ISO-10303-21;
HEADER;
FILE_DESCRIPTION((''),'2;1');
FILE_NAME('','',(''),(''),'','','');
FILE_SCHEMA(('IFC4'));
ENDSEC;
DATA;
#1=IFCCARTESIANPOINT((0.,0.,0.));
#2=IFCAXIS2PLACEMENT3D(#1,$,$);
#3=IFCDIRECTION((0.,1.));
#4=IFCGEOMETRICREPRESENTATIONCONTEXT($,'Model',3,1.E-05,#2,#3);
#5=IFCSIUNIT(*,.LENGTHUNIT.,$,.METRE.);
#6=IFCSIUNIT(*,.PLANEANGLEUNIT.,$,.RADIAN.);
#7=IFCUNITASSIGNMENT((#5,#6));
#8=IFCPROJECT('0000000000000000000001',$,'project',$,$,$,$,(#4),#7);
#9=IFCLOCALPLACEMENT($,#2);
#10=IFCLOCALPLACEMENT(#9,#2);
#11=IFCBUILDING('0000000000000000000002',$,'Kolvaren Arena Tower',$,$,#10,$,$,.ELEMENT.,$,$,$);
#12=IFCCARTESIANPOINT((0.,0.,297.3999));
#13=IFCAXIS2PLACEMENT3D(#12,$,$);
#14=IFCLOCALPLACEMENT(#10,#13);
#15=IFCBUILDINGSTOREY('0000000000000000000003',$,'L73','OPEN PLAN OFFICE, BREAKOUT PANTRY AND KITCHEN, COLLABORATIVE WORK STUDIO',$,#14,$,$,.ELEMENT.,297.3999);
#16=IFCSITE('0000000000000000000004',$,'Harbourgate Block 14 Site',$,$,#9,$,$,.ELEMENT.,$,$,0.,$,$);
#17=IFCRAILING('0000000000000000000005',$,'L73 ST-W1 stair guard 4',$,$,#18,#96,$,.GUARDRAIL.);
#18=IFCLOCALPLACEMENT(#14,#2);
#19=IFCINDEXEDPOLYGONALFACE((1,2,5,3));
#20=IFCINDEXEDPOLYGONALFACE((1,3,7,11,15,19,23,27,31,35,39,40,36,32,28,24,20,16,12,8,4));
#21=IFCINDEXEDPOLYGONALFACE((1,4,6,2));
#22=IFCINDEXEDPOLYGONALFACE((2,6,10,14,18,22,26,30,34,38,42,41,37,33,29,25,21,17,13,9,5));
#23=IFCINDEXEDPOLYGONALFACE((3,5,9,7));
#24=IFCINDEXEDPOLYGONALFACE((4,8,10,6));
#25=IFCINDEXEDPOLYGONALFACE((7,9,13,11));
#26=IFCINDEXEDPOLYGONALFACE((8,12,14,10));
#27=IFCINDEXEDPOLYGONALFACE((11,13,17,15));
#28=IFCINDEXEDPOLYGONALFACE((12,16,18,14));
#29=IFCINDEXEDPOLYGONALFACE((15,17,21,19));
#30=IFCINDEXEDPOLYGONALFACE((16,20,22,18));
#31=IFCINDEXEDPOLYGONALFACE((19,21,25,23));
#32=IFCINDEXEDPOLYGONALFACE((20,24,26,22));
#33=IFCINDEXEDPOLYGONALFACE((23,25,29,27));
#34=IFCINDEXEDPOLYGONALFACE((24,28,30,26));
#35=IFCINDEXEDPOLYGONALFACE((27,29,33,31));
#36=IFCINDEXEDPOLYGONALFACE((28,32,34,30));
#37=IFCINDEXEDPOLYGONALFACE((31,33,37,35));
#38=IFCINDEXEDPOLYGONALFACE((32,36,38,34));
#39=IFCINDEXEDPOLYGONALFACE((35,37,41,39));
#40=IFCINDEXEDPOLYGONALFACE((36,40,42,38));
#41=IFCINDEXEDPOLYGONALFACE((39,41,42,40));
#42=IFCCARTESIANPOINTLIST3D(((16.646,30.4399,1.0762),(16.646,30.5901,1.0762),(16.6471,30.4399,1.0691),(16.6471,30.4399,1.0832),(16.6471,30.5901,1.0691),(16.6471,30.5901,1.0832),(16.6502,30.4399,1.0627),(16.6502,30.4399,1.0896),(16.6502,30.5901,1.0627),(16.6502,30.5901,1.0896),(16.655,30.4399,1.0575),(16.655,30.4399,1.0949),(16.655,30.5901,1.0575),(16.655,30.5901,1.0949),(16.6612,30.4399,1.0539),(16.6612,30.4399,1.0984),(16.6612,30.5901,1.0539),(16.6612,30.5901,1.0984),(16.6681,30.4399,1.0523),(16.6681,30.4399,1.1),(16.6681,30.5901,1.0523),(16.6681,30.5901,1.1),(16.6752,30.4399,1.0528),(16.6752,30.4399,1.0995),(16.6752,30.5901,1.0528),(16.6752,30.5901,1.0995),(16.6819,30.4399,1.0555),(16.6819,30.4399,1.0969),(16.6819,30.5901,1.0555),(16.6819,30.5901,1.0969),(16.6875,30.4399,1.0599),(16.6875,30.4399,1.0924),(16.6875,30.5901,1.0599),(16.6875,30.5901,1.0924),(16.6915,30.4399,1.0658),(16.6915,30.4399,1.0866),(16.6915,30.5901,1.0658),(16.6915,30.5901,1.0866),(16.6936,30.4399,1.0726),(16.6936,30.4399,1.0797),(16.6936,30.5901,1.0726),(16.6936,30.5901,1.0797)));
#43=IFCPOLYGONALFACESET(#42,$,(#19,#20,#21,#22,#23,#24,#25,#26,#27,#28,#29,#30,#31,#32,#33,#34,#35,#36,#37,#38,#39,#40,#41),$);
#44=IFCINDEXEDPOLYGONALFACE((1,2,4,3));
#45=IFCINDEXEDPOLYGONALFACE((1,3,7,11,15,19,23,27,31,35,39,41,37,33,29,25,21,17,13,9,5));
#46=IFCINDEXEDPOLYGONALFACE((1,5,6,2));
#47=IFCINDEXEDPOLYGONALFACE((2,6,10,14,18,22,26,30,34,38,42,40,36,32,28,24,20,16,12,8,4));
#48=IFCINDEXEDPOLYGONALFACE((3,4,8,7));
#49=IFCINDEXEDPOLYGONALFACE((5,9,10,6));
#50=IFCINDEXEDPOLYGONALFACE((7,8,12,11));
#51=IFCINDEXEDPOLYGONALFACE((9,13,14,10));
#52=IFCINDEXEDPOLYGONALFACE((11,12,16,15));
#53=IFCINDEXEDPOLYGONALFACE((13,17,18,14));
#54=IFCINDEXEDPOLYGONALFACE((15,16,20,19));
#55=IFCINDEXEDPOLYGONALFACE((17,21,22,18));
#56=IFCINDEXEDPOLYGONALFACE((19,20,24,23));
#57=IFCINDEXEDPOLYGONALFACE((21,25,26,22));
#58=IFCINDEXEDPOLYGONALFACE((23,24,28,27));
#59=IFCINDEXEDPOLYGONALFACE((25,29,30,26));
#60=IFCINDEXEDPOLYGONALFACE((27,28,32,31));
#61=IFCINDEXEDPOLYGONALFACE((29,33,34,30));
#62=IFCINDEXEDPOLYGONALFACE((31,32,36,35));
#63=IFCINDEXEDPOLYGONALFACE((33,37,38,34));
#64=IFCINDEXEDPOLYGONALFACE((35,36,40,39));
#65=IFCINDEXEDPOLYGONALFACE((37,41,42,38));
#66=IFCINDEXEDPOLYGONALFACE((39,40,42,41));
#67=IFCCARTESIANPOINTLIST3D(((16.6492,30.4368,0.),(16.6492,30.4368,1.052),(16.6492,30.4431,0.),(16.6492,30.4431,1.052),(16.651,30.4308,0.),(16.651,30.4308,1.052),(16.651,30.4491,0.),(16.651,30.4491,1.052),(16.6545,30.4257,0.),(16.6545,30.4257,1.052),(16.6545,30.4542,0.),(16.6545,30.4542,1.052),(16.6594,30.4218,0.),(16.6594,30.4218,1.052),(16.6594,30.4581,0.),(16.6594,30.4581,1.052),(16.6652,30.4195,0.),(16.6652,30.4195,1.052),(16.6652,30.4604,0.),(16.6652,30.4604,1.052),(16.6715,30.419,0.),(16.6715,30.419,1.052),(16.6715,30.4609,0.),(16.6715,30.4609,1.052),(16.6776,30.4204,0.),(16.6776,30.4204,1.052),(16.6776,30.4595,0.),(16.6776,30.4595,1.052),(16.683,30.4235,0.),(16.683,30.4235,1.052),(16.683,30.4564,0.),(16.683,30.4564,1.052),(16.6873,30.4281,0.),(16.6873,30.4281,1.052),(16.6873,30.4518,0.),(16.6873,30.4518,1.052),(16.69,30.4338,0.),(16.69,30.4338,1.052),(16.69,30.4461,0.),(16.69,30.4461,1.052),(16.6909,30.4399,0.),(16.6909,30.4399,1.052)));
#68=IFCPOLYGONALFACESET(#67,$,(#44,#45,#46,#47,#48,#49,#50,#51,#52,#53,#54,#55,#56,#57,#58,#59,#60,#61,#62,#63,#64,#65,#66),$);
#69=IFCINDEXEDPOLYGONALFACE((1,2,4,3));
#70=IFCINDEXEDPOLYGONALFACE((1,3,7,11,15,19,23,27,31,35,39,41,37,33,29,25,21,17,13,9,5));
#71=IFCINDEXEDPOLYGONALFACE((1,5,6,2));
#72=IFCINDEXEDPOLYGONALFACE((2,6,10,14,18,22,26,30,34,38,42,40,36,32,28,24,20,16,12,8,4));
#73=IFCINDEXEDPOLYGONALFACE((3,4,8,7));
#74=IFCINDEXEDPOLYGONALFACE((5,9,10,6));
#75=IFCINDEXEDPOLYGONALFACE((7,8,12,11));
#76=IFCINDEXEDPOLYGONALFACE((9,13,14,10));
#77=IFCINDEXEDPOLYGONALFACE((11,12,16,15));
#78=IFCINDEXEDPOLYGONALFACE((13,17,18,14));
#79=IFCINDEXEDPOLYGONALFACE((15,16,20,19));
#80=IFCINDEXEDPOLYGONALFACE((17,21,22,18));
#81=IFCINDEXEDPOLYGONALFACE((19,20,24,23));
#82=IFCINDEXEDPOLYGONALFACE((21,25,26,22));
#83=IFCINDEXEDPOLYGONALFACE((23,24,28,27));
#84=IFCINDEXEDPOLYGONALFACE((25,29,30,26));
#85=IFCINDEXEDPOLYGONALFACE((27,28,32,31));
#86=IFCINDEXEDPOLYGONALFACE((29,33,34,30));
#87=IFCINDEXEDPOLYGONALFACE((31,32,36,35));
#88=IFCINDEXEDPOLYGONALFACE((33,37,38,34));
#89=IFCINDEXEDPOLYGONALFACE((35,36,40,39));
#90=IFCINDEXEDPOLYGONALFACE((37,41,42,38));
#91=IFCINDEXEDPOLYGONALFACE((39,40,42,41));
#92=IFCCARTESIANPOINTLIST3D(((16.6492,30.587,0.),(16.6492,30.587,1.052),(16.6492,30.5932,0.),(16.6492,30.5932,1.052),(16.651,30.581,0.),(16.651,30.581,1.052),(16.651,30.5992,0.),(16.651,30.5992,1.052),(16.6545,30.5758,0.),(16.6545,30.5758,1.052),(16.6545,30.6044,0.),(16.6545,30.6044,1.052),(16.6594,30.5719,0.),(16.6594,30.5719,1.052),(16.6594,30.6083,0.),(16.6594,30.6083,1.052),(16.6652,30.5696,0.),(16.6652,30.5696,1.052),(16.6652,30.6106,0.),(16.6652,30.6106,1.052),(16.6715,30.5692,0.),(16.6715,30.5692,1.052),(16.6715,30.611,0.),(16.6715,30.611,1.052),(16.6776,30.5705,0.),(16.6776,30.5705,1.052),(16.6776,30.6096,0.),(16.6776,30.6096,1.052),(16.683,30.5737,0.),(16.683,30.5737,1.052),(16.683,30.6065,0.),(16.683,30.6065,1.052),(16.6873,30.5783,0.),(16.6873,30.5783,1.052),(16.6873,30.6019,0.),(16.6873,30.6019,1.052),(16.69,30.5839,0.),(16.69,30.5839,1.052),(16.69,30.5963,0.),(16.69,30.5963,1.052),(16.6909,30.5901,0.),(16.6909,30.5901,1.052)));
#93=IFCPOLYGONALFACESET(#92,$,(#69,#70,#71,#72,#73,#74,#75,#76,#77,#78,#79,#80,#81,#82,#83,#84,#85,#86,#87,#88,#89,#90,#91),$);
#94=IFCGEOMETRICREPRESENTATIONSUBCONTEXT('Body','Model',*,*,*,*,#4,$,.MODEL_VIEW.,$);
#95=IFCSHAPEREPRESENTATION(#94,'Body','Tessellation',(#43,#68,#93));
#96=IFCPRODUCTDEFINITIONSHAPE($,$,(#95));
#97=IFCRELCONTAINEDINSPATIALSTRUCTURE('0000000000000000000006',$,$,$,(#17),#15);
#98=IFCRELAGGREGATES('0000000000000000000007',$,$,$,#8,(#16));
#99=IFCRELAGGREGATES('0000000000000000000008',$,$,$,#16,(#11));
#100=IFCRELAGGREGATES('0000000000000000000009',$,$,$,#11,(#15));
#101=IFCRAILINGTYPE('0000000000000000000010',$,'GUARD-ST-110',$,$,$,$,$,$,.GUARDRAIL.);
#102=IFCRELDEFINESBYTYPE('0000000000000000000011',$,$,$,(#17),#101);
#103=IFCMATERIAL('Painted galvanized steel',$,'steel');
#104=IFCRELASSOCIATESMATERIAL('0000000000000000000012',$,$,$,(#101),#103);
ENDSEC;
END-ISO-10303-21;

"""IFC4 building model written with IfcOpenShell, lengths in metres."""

from ifc_helpers import new_model, si_unit, direction, frame, origin, origin_2d, place, context, subcontext, project, spatial, circle, extrude, material, type_object, element, save


model = new_model("IFC4")

# Units and contexts
model_context = context("Model", 3, precision=1e-05, world=origin(), true_north=direction((0.0, 1.0)))
body_context = subcontext(model_context, "Body", "Model", "MODEL_VIEW")
ifc_project = project(units=[si_unit("LENGTHUNIT", "METRE"), si_unit("PLANEANGLEUNIT", "RADIAN")], contexts=[model_context])

# Site, building, storey
site_placement = place(None, origin())
site = spatial("IfcSite", under=ifc_project, at=site_placement, Name="Harbourgate Block 14 Site", CompositionType="ELEMENT", RefElevation=0.0)
building_placement = place(site_placement, origin())
building = spatial("IfcBuilding", under=site, at=building_placement, Name="Kolvaren Arena Tower", CompositionType="ELEMENT")
storey_placement = place(building_placement, frame((0.0, 0.0, 297.3999)))
storey = spatial("IfcBuildingStorey", under=building, at=storey_placement, Name="L73", Description="OPEN PLAN OFFICE, BREAKOUT PANTRY AND KITCHEN, COLLABORATIVE WORK STUDIO", CompositionType="ELEMENT", Elevation=297.3999)

# Railing
ifc_material_1 = material(Name="Painted galvanized steel", Category="steel")
railing_type_1 = type_object("IfcRailingType", Name="GUARD-ST-110", PredefinedType="GUARDRAIL", material=ifc_material_1)
railing_1_placement = place(storey_placement, frame((16.6699, 30.4399, 0.0)))
element("IfcRailing", 1, at=railing_1_placement, inside=storey, type_object=railing_type_1, Name="L73 ST-W1 stair guard 4", PredefinedType="GUARDRAIL", context=body_context, shape_type="SweptSolid", body=[
    extrude(circle(Radius=0.0239, at=origin_2d()), frame((0.0, 0.0, 1.0762), z_axis=(0.0, 1.0, 0.0), x_axis=(-1.0, 0.0, 0.0)), (0.0, 0.0, 1.0), 0.1501),
    extrude(circle(Radius=0.021, at=origin_2d()), origin(), (0.0, 0.0, 1.0), 1.052),
    extrude(circle(Radius=0.021, at=origin_2d()), frame((0.0, 0.1501, 0.0)), (0.0, 0.0, 1.0), 1.052),
])

save(model, "model.ifc")
